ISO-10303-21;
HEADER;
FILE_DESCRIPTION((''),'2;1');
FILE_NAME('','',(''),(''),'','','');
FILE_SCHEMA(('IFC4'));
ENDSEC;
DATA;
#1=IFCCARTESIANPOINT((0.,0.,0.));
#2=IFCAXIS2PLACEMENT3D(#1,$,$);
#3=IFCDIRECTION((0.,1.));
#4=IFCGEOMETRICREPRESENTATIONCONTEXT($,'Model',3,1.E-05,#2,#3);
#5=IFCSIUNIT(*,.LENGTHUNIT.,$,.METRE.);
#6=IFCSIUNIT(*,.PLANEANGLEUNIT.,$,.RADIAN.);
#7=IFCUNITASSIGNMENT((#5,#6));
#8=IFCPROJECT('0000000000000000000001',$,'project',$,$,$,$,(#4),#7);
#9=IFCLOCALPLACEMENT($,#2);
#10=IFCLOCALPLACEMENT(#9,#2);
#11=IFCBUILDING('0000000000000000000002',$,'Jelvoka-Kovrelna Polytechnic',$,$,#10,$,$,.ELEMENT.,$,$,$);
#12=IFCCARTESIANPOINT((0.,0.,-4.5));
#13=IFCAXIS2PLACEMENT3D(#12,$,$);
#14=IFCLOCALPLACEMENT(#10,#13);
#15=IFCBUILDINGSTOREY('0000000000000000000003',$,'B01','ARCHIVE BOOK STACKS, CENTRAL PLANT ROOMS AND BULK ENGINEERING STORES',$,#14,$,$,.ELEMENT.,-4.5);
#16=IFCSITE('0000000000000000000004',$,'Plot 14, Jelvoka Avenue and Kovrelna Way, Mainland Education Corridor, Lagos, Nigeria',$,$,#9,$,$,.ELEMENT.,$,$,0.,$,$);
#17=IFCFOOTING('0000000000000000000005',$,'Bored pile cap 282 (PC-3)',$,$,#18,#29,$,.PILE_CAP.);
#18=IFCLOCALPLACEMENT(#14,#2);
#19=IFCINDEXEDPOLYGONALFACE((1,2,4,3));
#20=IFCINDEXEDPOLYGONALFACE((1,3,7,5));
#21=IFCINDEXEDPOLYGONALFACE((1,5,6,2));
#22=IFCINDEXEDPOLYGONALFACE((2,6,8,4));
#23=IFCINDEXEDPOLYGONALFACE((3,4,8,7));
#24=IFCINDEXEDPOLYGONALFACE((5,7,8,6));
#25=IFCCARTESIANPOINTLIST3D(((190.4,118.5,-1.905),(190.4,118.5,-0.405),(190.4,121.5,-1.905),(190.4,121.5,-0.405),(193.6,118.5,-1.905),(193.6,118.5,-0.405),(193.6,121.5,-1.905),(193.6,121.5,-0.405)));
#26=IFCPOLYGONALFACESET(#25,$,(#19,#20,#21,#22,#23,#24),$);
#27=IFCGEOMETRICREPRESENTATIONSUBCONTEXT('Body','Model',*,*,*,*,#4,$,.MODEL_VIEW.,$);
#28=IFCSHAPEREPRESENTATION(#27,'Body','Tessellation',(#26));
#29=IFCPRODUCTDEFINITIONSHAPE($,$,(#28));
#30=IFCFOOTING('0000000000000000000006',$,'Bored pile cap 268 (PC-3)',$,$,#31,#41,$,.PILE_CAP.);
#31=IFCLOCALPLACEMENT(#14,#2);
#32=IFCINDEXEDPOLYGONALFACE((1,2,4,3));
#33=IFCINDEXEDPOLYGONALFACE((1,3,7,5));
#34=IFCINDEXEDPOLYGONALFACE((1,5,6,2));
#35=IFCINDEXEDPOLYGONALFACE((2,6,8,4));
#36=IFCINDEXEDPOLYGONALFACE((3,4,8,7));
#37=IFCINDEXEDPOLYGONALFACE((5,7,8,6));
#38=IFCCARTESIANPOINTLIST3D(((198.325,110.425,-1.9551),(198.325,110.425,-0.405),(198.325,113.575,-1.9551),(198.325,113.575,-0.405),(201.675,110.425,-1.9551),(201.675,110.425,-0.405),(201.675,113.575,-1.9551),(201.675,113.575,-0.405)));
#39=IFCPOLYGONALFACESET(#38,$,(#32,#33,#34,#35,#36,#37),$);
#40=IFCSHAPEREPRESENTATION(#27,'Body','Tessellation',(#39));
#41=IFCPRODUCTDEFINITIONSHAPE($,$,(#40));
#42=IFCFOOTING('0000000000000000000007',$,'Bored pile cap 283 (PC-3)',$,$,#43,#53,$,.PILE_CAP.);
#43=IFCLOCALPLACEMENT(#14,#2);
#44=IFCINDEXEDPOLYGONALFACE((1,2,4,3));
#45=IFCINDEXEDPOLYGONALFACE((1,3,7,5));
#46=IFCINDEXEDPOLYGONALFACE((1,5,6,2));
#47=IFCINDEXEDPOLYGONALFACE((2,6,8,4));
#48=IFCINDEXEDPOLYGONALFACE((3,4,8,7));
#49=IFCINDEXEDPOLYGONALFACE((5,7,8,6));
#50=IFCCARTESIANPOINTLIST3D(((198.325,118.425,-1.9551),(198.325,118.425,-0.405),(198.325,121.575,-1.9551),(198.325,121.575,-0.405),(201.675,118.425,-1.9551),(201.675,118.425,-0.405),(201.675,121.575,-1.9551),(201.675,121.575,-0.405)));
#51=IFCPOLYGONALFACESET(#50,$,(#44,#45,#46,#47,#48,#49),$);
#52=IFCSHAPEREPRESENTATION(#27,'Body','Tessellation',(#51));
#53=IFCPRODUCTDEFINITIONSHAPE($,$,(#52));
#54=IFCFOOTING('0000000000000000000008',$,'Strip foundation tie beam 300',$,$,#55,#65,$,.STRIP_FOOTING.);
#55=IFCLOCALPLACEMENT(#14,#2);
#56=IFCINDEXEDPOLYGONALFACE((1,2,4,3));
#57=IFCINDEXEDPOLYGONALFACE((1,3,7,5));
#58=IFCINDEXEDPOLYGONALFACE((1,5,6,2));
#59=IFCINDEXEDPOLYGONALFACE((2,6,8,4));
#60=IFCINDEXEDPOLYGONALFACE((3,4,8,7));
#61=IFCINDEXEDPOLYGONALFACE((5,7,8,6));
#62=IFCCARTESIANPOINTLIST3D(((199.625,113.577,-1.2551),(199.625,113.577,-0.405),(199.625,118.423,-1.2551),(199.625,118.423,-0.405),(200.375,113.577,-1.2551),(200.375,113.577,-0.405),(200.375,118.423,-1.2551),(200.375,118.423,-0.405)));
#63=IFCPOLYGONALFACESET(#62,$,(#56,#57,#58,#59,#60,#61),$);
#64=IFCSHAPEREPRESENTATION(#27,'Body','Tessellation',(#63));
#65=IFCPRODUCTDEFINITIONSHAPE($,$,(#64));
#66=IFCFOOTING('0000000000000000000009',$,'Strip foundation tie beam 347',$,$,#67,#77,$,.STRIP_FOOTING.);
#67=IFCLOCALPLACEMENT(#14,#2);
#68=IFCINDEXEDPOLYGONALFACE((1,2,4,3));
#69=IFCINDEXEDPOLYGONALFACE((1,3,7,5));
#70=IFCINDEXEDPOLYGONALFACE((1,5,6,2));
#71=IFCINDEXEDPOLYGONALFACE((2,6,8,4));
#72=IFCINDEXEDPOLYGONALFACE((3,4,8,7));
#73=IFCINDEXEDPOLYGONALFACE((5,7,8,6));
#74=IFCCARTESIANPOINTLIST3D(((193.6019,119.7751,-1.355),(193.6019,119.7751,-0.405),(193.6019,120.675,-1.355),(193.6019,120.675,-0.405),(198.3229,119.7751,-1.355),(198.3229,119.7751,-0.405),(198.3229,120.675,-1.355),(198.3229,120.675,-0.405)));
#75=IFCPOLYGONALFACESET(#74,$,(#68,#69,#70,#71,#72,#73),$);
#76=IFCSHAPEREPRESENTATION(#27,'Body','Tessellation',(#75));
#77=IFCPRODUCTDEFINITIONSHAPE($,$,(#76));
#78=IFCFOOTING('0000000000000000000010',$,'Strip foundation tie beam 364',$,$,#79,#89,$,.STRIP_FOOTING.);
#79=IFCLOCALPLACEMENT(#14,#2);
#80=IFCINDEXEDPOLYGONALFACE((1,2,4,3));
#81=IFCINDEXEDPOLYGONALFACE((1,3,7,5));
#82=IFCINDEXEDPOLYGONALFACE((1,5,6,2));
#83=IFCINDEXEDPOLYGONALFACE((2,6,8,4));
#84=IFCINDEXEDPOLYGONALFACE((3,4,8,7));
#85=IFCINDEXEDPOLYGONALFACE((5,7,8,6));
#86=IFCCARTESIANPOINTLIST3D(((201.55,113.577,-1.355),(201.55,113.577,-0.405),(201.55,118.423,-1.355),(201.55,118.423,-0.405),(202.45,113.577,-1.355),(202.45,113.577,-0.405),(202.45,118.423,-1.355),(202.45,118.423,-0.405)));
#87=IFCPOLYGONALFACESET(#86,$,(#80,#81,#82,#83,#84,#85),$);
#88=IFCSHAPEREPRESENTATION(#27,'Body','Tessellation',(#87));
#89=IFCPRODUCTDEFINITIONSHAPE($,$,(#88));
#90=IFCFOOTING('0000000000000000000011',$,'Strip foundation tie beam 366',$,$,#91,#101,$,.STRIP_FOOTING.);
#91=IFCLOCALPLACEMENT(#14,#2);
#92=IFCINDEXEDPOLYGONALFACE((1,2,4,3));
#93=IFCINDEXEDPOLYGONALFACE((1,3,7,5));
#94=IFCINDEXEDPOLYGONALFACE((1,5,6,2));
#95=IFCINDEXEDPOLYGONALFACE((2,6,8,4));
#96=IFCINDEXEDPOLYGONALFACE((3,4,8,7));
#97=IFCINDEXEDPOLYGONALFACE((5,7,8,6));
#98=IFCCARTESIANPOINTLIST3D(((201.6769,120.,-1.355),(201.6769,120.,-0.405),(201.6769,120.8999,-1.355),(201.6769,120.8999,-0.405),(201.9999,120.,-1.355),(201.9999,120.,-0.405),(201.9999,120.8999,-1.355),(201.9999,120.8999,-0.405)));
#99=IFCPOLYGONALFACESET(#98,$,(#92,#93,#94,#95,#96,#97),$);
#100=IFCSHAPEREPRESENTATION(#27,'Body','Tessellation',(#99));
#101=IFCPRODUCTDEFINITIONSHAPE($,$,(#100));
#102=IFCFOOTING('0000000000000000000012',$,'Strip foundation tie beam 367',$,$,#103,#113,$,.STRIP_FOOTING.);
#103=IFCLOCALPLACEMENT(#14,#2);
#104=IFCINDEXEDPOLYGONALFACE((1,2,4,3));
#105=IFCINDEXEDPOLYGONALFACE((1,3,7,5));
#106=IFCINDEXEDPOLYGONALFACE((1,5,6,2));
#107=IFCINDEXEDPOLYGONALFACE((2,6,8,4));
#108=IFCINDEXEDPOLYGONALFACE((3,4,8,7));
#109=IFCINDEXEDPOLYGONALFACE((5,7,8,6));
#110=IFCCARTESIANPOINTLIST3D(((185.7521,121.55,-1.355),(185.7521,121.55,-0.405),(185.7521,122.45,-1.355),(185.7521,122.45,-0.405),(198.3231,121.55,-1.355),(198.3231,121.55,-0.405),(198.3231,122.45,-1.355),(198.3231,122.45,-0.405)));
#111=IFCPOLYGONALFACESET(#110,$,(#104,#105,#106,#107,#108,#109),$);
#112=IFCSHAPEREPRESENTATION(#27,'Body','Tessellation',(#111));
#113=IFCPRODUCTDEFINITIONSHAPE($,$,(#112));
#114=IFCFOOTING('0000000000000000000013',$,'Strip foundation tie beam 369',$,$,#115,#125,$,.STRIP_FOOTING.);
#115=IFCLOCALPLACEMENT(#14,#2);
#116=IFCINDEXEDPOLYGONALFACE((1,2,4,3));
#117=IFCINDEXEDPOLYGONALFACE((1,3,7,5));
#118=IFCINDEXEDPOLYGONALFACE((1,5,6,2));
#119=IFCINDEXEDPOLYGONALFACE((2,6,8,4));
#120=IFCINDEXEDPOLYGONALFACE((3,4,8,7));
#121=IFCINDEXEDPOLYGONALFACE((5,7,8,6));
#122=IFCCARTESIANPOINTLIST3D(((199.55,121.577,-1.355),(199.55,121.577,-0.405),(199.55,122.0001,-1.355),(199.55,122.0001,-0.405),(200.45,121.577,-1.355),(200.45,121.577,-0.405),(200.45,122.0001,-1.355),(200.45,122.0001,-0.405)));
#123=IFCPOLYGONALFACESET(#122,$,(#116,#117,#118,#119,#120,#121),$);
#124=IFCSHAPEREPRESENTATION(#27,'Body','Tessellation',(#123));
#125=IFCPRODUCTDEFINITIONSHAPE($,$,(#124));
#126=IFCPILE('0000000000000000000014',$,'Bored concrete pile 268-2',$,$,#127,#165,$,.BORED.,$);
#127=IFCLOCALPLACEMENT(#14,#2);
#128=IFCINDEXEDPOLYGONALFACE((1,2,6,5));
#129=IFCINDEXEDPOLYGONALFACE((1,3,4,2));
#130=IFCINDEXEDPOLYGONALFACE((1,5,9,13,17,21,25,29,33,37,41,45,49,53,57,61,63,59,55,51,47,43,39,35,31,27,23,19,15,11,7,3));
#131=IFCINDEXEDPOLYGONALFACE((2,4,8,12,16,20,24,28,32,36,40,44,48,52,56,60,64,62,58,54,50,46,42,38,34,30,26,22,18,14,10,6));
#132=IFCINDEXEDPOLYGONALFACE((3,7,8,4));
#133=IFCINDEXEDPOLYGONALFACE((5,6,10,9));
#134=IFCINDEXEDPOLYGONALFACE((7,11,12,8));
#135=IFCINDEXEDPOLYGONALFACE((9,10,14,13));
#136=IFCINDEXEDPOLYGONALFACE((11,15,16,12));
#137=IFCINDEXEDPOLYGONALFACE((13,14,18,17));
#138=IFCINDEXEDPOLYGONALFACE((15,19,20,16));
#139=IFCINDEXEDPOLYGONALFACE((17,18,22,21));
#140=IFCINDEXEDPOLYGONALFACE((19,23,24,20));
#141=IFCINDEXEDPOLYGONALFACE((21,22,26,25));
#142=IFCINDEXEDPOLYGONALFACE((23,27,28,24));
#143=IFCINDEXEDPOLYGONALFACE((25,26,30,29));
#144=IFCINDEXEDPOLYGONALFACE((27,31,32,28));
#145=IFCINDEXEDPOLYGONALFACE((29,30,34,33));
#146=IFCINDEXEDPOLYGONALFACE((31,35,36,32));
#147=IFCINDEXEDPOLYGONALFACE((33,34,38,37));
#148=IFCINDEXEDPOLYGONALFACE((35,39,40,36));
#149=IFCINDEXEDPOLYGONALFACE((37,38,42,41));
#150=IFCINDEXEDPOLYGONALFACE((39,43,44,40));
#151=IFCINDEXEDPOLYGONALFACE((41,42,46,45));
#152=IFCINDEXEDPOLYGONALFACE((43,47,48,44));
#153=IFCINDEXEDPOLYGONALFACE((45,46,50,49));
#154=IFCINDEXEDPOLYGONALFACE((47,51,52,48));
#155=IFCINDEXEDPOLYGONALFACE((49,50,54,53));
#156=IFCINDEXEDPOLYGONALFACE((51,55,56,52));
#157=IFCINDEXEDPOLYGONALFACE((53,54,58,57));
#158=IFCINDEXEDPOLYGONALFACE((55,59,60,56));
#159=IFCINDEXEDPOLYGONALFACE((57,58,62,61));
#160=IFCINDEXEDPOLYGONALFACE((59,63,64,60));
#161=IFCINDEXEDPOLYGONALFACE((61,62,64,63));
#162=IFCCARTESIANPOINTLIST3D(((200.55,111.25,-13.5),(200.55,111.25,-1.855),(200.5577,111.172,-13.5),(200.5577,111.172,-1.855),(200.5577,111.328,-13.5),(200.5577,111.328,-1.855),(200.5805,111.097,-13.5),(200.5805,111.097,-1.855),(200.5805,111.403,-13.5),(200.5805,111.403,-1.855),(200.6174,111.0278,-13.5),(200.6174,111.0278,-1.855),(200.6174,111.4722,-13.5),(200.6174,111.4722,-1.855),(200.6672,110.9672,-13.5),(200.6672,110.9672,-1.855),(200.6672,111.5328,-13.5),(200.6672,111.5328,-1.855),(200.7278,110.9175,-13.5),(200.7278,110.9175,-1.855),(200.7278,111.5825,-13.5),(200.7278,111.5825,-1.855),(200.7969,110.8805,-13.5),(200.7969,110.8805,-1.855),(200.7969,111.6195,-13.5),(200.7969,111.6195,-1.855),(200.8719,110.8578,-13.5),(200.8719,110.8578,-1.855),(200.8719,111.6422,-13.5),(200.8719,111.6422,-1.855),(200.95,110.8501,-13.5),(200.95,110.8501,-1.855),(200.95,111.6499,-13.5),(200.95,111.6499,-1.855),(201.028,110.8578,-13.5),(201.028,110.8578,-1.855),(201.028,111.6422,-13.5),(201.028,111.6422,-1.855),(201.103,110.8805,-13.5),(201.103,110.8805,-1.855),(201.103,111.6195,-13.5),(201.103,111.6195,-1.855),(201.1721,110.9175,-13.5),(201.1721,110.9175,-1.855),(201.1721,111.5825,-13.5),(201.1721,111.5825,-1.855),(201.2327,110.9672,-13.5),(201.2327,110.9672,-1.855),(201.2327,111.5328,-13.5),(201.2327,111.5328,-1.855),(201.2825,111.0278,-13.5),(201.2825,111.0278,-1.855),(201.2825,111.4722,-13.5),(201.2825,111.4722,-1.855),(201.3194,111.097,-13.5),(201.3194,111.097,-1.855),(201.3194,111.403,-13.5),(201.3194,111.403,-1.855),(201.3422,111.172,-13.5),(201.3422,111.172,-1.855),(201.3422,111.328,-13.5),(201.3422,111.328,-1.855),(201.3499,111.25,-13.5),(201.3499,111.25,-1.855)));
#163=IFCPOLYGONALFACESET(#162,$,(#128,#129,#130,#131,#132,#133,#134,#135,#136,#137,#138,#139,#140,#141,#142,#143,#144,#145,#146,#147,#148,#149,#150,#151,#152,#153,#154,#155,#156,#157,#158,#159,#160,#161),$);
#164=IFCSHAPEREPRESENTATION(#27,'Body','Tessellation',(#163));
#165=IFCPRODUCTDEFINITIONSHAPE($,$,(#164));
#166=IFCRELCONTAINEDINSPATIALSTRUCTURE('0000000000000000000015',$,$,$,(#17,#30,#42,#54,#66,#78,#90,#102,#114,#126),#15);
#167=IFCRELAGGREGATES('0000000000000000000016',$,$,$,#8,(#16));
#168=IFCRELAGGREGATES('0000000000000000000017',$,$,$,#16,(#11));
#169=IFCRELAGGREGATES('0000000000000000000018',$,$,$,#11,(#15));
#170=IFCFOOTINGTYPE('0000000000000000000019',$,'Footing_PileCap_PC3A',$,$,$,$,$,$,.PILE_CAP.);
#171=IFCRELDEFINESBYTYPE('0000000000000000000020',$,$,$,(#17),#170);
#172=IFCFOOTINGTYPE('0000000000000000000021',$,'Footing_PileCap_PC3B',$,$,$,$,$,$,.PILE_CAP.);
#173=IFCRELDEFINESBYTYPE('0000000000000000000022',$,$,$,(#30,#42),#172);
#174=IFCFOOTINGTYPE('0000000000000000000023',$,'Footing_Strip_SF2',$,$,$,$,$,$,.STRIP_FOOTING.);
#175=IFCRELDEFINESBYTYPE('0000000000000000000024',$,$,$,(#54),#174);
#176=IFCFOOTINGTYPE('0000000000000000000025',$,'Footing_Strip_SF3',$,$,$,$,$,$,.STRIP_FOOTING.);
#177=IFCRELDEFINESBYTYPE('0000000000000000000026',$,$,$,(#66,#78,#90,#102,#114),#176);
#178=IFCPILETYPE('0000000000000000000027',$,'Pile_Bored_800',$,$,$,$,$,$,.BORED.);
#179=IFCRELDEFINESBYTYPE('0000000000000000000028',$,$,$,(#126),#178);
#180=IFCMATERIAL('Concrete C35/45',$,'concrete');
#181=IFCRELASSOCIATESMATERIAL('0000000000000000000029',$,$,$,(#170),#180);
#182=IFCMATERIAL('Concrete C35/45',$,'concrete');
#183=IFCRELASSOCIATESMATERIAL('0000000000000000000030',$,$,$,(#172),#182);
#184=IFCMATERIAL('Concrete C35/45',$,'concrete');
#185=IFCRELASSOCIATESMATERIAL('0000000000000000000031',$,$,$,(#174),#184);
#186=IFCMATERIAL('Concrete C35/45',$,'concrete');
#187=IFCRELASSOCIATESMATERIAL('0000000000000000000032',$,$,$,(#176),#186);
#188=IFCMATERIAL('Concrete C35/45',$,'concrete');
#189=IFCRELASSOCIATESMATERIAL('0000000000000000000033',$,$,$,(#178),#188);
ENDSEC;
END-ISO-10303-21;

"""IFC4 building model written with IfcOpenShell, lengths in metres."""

from ifc_helpers import new_model, si_unit, direction, frame, origin, origin_2d, place, context, subcontext, project, spatial, rectangle, circle, extrude, material, material_profile, profile_set, type_object, element, save


model = new_model("IFC4")

# Units and contexts
model_context = context("Model", 3, precision=1e-05, world=origin(), true_north=direction((0.0, 1.0)))
body_context = subcontext(model_context, "Body", "Model", "MODEL_VIEW")
ifc_project = project(units=[si_unit("LENGTHUNIT", "METRE"), si_unit("PLANEANGLEUNIT", "RADIAN")], contexts=[model_context])

# Site, building, storey
site_placement = place(None, origin())
site = spatial("IfcSite", under=ifc_project, at=site_placement, Name="Plot 14, Jelvoka Avenue and Kovrelna Way, Mainland Education Corridor, Lagos, Nigeria", CompositionType="ELEMENT", RefElevation=0.0)
building_placement = place(site_placement, origin())
building = spatial("IfcBuilding", under=site, at=building_placement, Name="Jelvoka-Kovrelna Polytechnic", CompositionType="ELEMENT")
storey_placement = place(building_placement, frame((0.0, 0.0, -4.5)))
storey = spatial("IfcBuildingStorey", under=building, at=storey_placement, Name="B01", Description="ARCHIVE BOOK STACKS, CENTRAL PLANT ROOMS AND BULK ENGINEERING STORES", CompositionType="ELEMENT", Elevation=-4.5)

# Footings
ifc_material_1 = material(Name="Concrete C35/45", Category="concrete")
footing_type_1 = type_object("IfcFootingType", Name="Footing_PileCap_PC3A", PredefinedType="PILE_CAP", material=ifc_material_1)
footing_1_placement = place(storey_placement, frame((192.0, 120.0, -1.905), z_axis=(0.0, 0.0, 1.0), x_axis=(1.0, 0.0, 0.0)))
element("IfcFooting", 1, at=footing_1_placement, inside=storey, type_object=footing_type_1, Name="Bored pile cap 282 (PC-3)", PredefinedType="PILE_CAP", context=body_context, shape_type="SweptSolid", body=[
    extrude(rectangle(XDim=3.2, YDim=3.0, at=origin_2d()), origin(), (0.0, 0.0, 1.0), 1.5),
])
ifc_material_2 = material(Name="Concrete C35/45", Category="concrete")
footing_type_2 = type_object("IfcFootingType", Name="Footing_PileCap_PC3B", PredefinedType="PILE_CAP", material=ifc_material_2)
for number, where, z_axis, x_axis, name in (
    (2, (200.0, 112.0, -1.9551), (0.0, 0.0, 1.0), (1.0, 0.0, 0.0), "Bored pile cap 268 (PC-3)"),
    (3, (200.0, 120.0, -1.9551), (0.0, 0.0, 1.0), (1.0, 0.0, 0.0), "Bored pile cap 283 (PC-3)"),
):
    element("IfcFooting", number, at=place(storey_placement, frame(where, z_axis=z_axis, x_axis=x_axis)), inside=storey, type_object=footing_type_2, Name=name, PredefinedType="PILE_CAP", context=body_context, shape_type="SweptSolid", body=[
        extrude(rectangle(XDim=3.3501, YDim=3.1499, at=origin_2d()), origin(), (0.0, 0.0, 1.0), 1.55),
    ])
ifc_material_3 = material(Name="Concrete C35/45", Category="concrete")
footing_type_3 = type_object("IfcFootingType", Name="Footing_Strip_SF2", PredefinedType="STRIP_FOOTING", material=ifc_material_3)
footing_2_placement = place(storey_placement, frame((200.0, 116.0, -1.2551), z_axis=(0.0, 0.0, 1.0), x_axis=(0.0, 1.0, 0.0)))
element("IfcFooting", 4, at=footing_2_placement, inside=storey, type_object=footing_type_3, Name="Strip foundation tie beam 300", PredefinedType="STRIP_FOOTING", context=body_context, shape_type="SweptSolid", body=[
    extrude(rectangle(XDim=4.8459, YDim=0.75, at=origin_2d()), origin(), (0.0, 0.0, 1.0), 0.8501),
])
ifc_material_4 = material(Name="Concrete C35/45", Category="concrete")
footing_type_4 = type_object("IfcFootingType", Name="Footing_Strip_SF3", PredefinedType="STRIP_FOOTING", material=ifc_material_4)
footing_3_placement = place(storey_placement, frame((195.9624, 120.2251, -1.355), z_axis=(0.0, 0.0, 1.0), x_axis=(1.0, 0.0, 0.0)))
element("IfcFooting", 5, at=footing_3_placement, inside=storey, type_object=footing_type_4, Name="Strip foundation tie beam 347", PredefinedType="STRIP_FOOTING", context=body_context, shape_type="SweptSolid", body=[
    extrude(rectangle(XDim=4.7209, YDim=0.8999, at=origin_2d()), origin(), (0.0, 0.0, 1.0), 0.95),
])
footing_4_placement = place(storey_placement, frame((202.0, 116.0, -1.355), z_axis=(0.0, 0.0, 1.0), x_axis=(0.0, 1.0, 0.0)))
element("IfcFooting", 6, at=footing_4_placement, inside=storey, type_object=footing_type_4, Name="Strip foundation tie beam 364", PredefinedType="STRIP_FOOTING", context=body_context, shape_type="SweptSolid", body=[
    extrude(rectangle(XDim=4.8459, YDim=0.8999, at=origin_2d()), origin(), (0.0, 0.0, 1.0), 0.95),
])
footing_5_placement = place(storey_placement, frame((201.8384, 120.45, -1.355), z_axis=(0.0, 0.0, 1.0), x_axis=(1.0, 0.0, 0.0)))
element("IfcFooting", 7, at=footing_5_placement, inside=storey, type_object=footing_type_4, Name="Strip foundation tie beam 366", PredefinedType="STRIP_FOOTING", context=body_context, shape_type="SweptSolid", body=[
    extrude(rectangle(XDim=0.323, YDim=0.8999, at=origin_2d()), origin(), (0.0, 0.0, 1.0), 0.95),
])
footing_6_placement = place(storey_placement, frame((192.0376, 122.0, -1.355), z_axis=(0.0, 0.0, 1.0), x_axis=(1.0, 0.0, 0.0)))
element("IfcFooting", 8, at=footing_6_placement, inside=storey, type_object=footing_type_4, Name="Strip foundation tie beam 367", PredefinedType="STRIP_FOOTING", context=body_context, shape_type="SweptSolid", body=[
    extrude(rectangle(XDim=12.571, YDim=0.8999, at=origin_2d()), origin(), (0.0, 0.0, 1.0), 0.95),
])
footing_7_placement = place(storey_placement, frame((200.0, 121.7886, -1.355), z_axis=(0.0, 0.0, 1.0), x_axis=(0.0, 1.0, 0.0)))
element("IfcFooting", 9, at=footing_7_placement, inside=storey, type_object=footing_type_4, Name="Strip foundation tie beam 369", PredefinedType="STRIP_FOOTING", context=body_context, shape_type="SweptSolid", body=[
    extrude(rectangle(XDim=0.4231, YDim=0.8999, at=origin_2d()), origin(), (0.0, 0.0, 1.0), 0.95),
])

# Pile
ifc_material_5 = material(Name="Concrete C35/45", Category="concrete")
ifc_material_profile_1 = material_profile(ifc_material_5, circle(Radius=0.3999, at=origin_2d()), Name="PILE D800")
ifc_profile_set_1 = profile_set([ifc_material_profile_1], Name="Concrete C35/45")
pile_type = type_object("IfcPileType", Name="Pile_Bored_800", PredefinedType="BORED", material=ifc_profile_set_1)
for number, where, z_axis, x_axis, name in (
    (10, (200.95, 111.25, -1.855), (0.0, 0.0, -1.0), (1.0, 0.0, 0.0), "Bored concrete pile 268-2"),
):
    element("IfcPile", number, at=place(storey_placement, frame(where, z_axis=z_axis, x_axis=x_axis)), inside=storey, type_object=pile_type, Name=name, PredefinedType="BORED", context=body_context, shape_type="SweptSolid", body=[
        extrude(circle(Radius=0.3999, at=origin_2d()), origin(), (0.0, 0.0, 1.0), 11.645),
    ])

save(model, "model.ifc")
